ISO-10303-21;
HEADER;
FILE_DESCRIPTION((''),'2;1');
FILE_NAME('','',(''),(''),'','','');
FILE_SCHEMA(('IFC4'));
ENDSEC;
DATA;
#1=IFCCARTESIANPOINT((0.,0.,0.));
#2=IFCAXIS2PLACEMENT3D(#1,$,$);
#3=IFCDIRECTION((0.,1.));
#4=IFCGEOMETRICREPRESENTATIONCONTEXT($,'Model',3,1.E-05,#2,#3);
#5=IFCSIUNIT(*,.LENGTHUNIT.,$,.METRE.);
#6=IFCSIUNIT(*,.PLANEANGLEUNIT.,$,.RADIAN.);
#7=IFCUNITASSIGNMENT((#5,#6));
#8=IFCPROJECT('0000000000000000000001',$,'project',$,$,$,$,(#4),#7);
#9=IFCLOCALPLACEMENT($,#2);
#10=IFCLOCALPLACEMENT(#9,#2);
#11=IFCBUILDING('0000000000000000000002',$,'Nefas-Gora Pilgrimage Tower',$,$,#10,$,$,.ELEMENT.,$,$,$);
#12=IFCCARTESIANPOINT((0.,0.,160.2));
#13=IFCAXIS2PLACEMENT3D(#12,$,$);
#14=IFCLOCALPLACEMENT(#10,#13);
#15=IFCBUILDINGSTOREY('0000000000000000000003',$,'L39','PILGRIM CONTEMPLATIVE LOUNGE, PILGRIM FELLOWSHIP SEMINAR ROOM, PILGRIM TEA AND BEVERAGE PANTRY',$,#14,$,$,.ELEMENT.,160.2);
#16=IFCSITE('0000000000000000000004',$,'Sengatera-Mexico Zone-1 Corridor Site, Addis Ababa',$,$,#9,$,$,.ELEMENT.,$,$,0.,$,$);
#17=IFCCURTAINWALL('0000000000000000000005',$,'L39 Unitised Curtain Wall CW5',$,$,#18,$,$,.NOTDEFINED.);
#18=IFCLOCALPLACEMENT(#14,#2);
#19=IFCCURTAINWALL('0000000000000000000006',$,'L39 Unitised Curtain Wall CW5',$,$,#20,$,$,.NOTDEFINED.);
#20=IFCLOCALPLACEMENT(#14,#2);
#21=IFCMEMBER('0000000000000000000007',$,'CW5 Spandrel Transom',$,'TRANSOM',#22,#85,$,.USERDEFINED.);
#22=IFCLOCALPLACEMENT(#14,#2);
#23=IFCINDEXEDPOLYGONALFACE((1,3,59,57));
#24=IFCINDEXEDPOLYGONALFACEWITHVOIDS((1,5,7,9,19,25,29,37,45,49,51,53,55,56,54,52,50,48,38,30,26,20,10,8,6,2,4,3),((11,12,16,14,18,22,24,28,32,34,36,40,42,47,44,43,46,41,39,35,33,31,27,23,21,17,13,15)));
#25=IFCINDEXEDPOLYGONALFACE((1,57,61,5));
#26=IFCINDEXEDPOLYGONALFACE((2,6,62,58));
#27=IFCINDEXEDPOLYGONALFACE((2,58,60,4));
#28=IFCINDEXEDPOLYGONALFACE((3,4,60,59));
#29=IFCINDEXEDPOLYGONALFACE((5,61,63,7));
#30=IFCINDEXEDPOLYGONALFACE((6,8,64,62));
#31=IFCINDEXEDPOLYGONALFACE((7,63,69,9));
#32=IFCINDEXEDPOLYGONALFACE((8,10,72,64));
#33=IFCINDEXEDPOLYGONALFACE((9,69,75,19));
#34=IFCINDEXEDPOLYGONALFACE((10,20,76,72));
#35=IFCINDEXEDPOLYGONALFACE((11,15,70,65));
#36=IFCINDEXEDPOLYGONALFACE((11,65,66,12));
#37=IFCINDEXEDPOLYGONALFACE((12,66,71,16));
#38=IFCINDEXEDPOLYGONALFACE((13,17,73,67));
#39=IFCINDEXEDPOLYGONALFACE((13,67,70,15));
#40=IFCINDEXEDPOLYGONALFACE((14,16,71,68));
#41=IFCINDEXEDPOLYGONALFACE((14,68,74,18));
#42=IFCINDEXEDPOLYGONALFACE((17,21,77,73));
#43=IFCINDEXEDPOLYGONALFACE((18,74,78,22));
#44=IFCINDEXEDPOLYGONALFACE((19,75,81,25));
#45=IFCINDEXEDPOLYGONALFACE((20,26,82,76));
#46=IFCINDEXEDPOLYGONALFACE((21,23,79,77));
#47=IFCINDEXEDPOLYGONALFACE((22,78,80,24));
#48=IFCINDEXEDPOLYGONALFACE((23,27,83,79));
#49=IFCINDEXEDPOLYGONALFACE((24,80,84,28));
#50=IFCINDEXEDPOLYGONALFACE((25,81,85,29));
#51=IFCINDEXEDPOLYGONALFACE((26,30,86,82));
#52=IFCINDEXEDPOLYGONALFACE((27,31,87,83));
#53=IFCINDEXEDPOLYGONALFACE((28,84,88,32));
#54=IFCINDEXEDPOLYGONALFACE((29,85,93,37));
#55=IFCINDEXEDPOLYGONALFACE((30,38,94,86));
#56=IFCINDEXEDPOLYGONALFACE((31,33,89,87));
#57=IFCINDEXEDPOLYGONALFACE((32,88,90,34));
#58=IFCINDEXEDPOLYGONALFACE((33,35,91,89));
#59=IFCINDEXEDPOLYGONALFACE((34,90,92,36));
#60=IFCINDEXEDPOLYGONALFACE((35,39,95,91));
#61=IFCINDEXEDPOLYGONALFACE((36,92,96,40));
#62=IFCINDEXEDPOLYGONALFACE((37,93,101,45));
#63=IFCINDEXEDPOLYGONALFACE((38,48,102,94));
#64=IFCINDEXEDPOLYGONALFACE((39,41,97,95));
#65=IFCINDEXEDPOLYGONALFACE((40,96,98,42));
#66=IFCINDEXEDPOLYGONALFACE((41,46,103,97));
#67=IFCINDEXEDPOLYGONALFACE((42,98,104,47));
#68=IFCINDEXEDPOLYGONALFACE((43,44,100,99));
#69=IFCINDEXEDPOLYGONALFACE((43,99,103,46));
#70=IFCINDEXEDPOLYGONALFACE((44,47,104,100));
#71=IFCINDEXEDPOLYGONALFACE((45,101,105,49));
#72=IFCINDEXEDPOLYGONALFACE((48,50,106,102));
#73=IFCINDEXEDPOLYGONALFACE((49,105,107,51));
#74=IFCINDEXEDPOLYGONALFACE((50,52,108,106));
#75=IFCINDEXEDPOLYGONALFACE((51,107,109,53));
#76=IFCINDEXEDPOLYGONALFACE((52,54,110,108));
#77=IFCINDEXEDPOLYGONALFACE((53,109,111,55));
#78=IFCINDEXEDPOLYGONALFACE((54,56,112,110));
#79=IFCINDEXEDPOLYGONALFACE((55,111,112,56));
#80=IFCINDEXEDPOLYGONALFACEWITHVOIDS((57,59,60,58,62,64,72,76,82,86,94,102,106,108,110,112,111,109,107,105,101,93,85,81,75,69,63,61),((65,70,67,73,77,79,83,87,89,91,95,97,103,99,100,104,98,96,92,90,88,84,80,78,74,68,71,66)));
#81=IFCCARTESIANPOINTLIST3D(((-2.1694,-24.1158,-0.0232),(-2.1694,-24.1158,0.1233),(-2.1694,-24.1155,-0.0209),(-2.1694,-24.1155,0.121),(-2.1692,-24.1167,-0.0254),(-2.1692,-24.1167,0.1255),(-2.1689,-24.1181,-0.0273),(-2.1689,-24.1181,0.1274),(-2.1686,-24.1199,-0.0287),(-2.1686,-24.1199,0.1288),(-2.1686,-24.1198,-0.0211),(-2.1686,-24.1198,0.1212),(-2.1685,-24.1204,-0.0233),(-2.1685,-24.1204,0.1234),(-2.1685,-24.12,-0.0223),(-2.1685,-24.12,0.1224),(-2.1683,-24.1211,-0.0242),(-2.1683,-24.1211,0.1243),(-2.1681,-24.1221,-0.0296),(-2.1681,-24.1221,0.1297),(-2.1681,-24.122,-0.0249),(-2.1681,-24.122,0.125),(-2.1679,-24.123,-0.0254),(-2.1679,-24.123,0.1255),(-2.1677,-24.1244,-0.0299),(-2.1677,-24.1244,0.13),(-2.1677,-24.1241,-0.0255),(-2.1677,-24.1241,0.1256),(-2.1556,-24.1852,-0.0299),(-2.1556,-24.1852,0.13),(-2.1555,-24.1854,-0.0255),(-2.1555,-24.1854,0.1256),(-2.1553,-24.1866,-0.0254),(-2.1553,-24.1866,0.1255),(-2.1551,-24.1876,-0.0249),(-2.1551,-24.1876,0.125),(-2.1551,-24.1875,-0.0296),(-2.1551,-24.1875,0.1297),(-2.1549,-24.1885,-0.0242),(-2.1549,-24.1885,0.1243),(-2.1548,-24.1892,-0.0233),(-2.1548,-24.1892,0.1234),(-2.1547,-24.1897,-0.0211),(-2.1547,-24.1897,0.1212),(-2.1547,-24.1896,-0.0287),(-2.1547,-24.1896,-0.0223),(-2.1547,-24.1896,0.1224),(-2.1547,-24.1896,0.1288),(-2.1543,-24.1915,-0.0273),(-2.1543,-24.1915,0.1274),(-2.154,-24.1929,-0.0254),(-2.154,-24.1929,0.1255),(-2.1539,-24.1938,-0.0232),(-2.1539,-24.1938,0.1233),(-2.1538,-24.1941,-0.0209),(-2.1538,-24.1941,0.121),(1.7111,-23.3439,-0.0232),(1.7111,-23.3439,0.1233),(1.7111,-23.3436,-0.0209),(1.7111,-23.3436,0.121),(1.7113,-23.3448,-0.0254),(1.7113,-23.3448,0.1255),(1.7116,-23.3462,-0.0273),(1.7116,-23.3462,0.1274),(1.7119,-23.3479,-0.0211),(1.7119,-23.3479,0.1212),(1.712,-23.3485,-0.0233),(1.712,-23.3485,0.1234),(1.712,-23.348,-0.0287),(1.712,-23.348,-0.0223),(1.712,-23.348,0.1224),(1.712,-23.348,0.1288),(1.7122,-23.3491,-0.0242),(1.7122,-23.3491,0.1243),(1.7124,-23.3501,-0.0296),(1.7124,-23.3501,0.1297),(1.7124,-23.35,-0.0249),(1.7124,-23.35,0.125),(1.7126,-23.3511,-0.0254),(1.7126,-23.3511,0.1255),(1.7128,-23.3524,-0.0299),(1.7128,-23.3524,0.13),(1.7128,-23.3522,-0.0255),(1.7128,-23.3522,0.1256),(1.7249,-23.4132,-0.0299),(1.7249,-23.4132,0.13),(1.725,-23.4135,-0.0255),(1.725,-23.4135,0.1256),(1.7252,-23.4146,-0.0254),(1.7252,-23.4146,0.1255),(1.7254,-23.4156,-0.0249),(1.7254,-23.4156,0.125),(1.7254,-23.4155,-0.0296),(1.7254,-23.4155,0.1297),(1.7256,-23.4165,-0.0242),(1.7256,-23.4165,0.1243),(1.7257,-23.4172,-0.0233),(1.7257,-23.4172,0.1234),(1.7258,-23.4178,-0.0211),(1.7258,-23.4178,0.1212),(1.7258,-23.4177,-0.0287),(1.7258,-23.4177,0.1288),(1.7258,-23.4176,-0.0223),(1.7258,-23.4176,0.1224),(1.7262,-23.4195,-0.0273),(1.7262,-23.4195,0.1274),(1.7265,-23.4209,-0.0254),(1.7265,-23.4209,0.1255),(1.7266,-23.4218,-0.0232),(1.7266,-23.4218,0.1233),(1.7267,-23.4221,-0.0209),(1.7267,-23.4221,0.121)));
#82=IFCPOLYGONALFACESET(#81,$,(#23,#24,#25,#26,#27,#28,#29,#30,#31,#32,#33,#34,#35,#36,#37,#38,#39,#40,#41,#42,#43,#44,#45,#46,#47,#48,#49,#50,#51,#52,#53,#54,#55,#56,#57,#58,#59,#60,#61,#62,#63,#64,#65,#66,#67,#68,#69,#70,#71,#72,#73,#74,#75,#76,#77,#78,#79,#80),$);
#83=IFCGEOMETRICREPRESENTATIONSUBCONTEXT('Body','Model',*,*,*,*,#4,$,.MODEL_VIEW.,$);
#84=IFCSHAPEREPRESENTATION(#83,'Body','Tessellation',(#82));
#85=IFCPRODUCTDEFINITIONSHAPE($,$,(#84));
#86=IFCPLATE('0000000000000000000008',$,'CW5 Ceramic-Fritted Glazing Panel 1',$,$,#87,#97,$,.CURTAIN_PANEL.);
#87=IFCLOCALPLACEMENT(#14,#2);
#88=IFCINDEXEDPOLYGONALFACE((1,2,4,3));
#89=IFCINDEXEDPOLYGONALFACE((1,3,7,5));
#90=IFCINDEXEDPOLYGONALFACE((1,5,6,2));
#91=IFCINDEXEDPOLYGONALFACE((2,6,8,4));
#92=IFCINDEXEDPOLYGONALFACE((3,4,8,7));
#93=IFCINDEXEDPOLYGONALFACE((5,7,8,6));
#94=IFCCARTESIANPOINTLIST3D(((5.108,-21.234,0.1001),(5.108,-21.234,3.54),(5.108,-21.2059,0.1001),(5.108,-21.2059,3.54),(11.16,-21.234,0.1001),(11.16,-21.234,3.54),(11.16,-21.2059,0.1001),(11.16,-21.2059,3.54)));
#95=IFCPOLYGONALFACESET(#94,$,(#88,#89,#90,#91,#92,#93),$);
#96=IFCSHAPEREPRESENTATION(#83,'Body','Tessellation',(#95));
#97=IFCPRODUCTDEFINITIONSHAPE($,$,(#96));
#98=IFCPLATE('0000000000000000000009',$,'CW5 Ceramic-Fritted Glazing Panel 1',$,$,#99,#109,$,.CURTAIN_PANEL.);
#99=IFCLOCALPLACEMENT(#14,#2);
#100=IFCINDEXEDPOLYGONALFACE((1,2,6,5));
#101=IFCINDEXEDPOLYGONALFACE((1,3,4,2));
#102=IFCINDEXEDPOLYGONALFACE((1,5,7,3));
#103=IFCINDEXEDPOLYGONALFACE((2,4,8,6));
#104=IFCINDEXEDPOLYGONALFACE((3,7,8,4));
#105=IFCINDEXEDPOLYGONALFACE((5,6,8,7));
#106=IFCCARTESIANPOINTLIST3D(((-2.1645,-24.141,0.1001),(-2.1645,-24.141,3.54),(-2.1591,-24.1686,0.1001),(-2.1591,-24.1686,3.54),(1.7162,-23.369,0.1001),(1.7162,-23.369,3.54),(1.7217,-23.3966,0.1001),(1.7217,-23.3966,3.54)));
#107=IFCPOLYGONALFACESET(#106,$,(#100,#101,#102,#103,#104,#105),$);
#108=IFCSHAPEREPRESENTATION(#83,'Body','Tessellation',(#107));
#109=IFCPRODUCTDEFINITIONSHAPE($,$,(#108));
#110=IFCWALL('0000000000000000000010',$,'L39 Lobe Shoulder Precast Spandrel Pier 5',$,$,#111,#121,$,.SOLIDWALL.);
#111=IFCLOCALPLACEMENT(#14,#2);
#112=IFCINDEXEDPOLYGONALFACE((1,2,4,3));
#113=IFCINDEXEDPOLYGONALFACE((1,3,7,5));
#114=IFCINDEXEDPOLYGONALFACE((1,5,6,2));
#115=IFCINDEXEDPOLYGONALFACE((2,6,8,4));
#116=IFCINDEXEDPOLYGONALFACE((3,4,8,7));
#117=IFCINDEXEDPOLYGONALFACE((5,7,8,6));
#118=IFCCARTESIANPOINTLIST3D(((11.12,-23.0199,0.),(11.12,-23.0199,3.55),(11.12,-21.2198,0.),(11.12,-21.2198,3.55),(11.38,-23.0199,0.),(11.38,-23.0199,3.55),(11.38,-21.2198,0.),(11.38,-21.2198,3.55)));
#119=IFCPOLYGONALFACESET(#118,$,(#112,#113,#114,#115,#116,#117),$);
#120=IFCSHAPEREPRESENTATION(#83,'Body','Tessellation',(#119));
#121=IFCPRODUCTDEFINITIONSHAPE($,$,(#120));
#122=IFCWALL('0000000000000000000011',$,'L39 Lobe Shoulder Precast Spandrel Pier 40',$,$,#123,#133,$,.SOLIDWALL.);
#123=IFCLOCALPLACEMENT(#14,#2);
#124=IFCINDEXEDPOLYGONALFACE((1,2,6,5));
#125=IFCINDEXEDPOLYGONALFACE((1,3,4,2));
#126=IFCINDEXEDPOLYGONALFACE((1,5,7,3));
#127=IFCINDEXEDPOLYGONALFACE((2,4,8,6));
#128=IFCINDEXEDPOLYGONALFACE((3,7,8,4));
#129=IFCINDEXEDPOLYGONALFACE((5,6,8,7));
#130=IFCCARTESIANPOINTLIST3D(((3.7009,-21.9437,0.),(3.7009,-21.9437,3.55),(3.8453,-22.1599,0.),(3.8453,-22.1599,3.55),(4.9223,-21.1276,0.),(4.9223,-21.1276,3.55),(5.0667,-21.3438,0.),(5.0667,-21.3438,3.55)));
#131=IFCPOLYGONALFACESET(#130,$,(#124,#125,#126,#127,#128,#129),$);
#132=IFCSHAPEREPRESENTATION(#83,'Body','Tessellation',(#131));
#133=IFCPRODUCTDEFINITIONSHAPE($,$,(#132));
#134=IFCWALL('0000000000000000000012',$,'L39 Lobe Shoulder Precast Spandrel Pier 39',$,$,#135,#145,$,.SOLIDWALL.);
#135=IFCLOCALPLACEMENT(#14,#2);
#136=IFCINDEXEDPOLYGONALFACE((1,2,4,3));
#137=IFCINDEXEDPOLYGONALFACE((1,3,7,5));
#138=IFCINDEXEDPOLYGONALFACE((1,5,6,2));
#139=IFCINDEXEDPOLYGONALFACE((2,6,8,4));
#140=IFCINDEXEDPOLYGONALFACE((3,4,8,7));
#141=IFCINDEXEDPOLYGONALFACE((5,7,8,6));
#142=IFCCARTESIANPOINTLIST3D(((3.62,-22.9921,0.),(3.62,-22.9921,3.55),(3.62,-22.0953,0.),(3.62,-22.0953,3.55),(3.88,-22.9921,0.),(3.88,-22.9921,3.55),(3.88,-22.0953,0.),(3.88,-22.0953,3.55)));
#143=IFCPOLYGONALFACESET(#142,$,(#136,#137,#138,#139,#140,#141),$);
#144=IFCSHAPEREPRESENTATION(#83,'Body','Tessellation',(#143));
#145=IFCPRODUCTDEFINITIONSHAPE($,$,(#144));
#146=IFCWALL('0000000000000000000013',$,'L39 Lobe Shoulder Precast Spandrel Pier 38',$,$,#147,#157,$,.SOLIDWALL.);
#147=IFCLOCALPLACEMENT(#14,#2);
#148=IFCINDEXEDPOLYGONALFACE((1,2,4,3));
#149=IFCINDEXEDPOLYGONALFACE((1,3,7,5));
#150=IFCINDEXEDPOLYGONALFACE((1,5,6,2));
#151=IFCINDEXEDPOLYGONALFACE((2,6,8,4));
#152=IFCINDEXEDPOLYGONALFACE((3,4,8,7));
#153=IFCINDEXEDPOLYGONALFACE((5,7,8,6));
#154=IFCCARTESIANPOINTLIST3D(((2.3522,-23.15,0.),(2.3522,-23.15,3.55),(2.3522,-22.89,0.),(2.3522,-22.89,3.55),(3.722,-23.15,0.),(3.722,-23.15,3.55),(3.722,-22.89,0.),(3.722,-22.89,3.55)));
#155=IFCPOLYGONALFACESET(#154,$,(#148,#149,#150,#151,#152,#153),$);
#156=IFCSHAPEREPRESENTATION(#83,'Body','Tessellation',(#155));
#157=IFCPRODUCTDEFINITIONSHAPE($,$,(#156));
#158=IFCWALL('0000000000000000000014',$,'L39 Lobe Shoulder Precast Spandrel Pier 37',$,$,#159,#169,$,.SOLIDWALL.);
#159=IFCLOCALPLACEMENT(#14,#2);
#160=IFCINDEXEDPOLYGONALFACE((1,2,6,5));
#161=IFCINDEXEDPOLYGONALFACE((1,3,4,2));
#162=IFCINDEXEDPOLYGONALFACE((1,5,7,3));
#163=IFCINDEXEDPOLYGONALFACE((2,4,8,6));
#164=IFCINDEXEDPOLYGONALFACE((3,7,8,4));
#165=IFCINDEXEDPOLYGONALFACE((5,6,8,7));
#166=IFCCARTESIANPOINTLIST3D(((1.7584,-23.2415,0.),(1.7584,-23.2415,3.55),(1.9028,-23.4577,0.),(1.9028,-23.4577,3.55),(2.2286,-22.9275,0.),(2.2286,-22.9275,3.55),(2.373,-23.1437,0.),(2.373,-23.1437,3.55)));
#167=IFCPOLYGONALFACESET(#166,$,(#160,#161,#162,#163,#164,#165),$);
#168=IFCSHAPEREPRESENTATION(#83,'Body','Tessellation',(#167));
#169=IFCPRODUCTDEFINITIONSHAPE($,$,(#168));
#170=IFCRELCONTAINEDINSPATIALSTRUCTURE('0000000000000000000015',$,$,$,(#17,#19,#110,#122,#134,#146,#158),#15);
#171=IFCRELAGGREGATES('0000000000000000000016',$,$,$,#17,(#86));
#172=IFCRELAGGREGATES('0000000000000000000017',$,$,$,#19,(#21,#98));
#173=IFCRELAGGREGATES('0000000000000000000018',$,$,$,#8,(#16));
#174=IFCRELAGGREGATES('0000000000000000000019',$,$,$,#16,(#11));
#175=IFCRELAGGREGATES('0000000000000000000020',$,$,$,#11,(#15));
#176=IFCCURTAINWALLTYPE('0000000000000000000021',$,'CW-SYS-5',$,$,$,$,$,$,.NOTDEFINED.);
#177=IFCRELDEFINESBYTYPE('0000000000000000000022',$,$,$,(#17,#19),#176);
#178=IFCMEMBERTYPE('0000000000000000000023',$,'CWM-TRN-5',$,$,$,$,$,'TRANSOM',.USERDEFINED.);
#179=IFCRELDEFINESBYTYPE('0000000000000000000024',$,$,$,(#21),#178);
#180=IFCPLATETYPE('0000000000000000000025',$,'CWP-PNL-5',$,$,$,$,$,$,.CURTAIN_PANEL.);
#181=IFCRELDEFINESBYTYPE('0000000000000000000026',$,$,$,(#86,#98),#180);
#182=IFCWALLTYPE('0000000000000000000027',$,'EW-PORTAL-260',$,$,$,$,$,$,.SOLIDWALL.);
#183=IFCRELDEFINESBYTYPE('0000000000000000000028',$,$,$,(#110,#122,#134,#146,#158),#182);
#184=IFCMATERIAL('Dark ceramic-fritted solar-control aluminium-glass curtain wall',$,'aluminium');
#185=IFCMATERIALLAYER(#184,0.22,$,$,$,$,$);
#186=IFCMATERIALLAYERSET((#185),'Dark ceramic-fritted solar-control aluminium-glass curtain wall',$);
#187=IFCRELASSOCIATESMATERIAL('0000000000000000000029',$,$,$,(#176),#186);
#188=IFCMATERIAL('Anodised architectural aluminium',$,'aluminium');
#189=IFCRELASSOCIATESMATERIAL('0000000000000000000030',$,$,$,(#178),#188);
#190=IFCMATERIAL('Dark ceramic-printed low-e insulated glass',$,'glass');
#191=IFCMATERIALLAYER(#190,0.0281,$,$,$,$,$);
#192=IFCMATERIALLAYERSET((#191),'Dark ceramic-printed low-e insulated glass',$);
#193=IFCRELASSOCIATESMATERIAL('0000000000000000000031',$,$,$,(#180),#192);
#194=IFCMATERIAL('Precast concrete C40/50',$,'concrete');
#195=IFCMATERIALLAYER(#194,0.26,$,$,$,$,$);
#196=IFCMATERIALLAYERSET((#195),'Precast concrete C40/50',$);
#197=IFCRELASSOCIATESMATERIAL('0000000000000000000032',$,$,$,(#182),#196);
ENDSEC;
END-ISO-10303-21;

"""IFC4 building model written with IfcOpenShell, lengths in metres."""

from ifc_helpers import new_model, si_unit, direction, frame, frame_2d, origin, origin_2d, place, context, subcontext, project, spatial, rectangle, hollow_rectangle, extrude, source, transform, mapped, material, layer, layer_set, material_profile, profile_set, type_object, element, aggregate, save


model = new_model("IFC4")

# Units and contexts
model_context = context("Model", 3, precision=1e-05, world=origin(), true_north=direction((0.0, 1.0)))
body_context = subcontext(model_context, "Body", "Model", "MODEL_VIEW")
ifc_project = project(units=[si_unit("LENGTHUNIT", "METRE"), si_unit("PLANEANGLEUNIT", "RADIAN")], contexts=[model_context])

# Site, building, storey
site_placement = place(None, origin())
site = spatial("IfcSite", under=ifc_project, at=site_placement, Name="Sengatera-Mexico Zone-1 Corridor Site, Addis Ababa", CompositionType="ELEMENT", RefElevation=0.0)
building_placement = place(site_placement, origin())
building = spatial("IfcBuilding", under=site, at=building_placement, Name="Nefas-Gora Pilgrimage Tower", CompositionType="ELEMENT")
storey_placement = place(building_placement, frame((0.0, 0.0, 160.2)))
storey = spatial("IfcBuildingStorey", under=building, at=storey_placement, Name="L39", Description="PILGRIM CONTEMPLATIVE LOUNGE, PILGRIM FELLOWSHIP SEMINAR ROOM, PILGRIM TEA AND BEVERAGE PANTRY", CompositionType="ELEMENT", Elevation=160.2)

# Curtain wall
ifc_material_1 = material(Name="Dark ceramic-fritted solar-control aluminium-glass curtain wall", Category="aluminium")
ifc_layer_1 = layer(ifc_material_1, 0.22)
ifc_layer_set_1 = layer_set([ifc_layer_1], Name="Dark ceramic-fritted solar-control aluminium-glass curtain wall")
curtain_wall_type = type_object("IfcCurtainWallType", Name="CW-SYS-5", PredefinedType="NOTDEFINED", material=ifc_layer_set_1)
curtain_wall_1_placement = place(storey_placement, origin())
curtain_wall_1 = element("IfcCurtainWall", 1, at=curtain_wall_1_placement, inside=storey, type_object=curtain_wall_type, Name="L39 Unitised Curtain Wall CW5", PredefinedType="NOTDEFINED")
ifc_material_2 = material(Name="Anodised architectural aluminium", Category="aluminium")

# Curtain wall
curtain_wall_2_placement = place(storey_placement, origin())
curtain_wall_2 = element("IfcCurtainWall", 2, at=curtain_wall_2_placement, inside=storey, type_object=curtain_wall_type, Name="L39 Unitised Curtain Wall CW5", PredefinedType="NOTDEFINED")

# Member
ifc_material_profile_1 = material_profile(ifc_material_2, hollow_rectangle(XDim=0.0801, YDim=0.1599, WallThickness=0.0044, InnerFilletRadius=0.0044, OuterFilletRadius=0.009, at=origin_2d()), Name="ALU TRANSOM 80x160")
ifc_profile_set_1 = profile_set([ifc_material_profile_1], Name="Anodised architectural aluminium")
member_type_1 = type_object("IfcMemberType", Name="CWM-TRN-5", ElementType="TRANSOM", PredefinedType="USERDEFINED", material=ifc_profile_set_1)
shared_shape_1 = source(origin(), body_context, "Body", "SweptSolid", [
    extrude(hollow_rectangle(XDim=0.0801, YDim=0.1599, WallThickness=0.0044, InnerFilletRadius=0.0044, OuterFilletRadius=0.009, at=origin_2d()), origin(), (0.0, 0.0, 1.0), 3.9565),
])
member_1_placement = place(storey_placement, frame((-2.1616, -24.1548, 0.05), z_axis=(0.980782, 0.195107, 0.0), x_axis=(-0.195107, 0.980782, 0.0)))
member_1 = element("IfcMember", 3, at=member_1_placement, type_object=member_type_1, Name="CW5 Spandrel Transom", ObjectType="TRANSOM", PredefinedType="USERDEFINED", context=body_context, shape_type="MappedRepresentation", body=[
    mapped(shared_shape_1, transform((0.0, 0.0, 0.0), x_axis=(1.0, 0.0, 0.0), y_axis=(0.0, 1.0, 0.0), z_axis=(0.0, 0.0, 1.0), scale=1.0)),
])

# Plates
ifc_material_3 = material(Name="Dark ceramic-printed low-e insulated glass", Category="glass")
ifc_layer_2 = layer(ifc_material_3, 0.0281)
ifc_layer_set_2 = layer_set([ifc_layer_2], Name="Dark ceramic-printed low-e insulated glass")
plate_type = type_object("IfcPlateType", Name="CWP-PNL-5", PredefinedType="CURTAIN_PANEL", material=ifc_layer_set_2)
shared_shape_2 = source(origin(), body_context, "Body", "SweptSolid", [
    extrude(rectangle(XDim=6.052, YDim=0.0281, at=origin_2d()), origin(), (0.0, 0.0, 1.0), 3.4399),
])
plate_1_placement = place(storey_placement, frame((8.134, -21.22, 0.1001), z_axis=(0.0, 0.0, 1.0), x_axis=(1.0, 0.0, 0.0)))
plate_1 = element("IfcPlate", 4, at=plate_1_placement, type_object=plate_type, Name="CW5 Ceramic-Fritted Glazing Panel 1", PredefinedType="CURTAIN_PANEL", context=body_context, shape_type="MappedRepresentation", body=[
    mapped(shared_shape_2, transform((0.0, 0.0, 0.0), x_axis=(1.0, 0.0, 0.0), y_axis=(0.0, 1.0, 0.0), z_axis=(0.0, 0.0, 1.0), scale=1.0)),
])
aggregate(curtain_wall_1, [plate_1])
shared_shape_3 = source(origin(), body_context, "Body", "SweptSolid", [
    extrude(rectangle(XDim=3.9568, YDim=0.0281, at=origin_2d()), origin(), (0.0, 0.0, 1.0), 3.4399),
])
plate_2_placement = place(storey_placement, frame((-0.2214, -23.7688, 0.1001), z_axis=(0.0, 0.0, 1.0), x_axis=(0.980783, 0.195102, 0.0)))
plate_2 = element("IfcPlate", 5, at=plate_2_placement, type_object=plate_type, Name="CW5 Ceramic-Fritted Glazing Panel 1", PredefinedType="CURTAIN_PANEL", context=body_context, shape_type="MappedRepresentation", body=[
    mapped(shared_shape_3, transform((0.0, 0.0, 0.0), x_axis=(1.0, 0.0, 0.0), y_axis=(0.0, 1.0, 0.0), z_axis=(0.0, 0.0, 1.0), scale=1.0)),
])
aggregate(curtain_wall_2, [member_1, plate_2])

# Walls
ifc_material_4 = material(Name="Precast concrete C40/50", Category="concrete")
ifc_layer_3 = layer(ifc_material_4, 0.26)
ifc_layer_set_3 = layer_set([ifc_layer_3], Name="Precast concrete C40/50")
wall_type_1 = type_object("IfcWallType", Name="EW-PORTAL-260", PredefinedType="SOLIDWALL", material=ifc_layer_set_3)
shared_shape_4 = source(origin(), body_context, "Body", "SweptSolid", [
    extrude(rectangle(XDim=1.8, YDim=0.26, at=frame_2d((0.8999, 0.0))), origin(), (0.0, 0.0, 1.0), 3.55),
])
wall_1_placement = place(storey_placement, frame((11.25, -21.22, 0.0), z_axis=(0.0, 0.0, 1.0), x_axis=(0.0, -1.0, 0.0)))
element("IfcWall", 6, at=wall_1_placement, inside=storey, type_object=wall_type_1, Name="L39 Lobe Shoulder Precast Spandrel Pier 5", PredefinedType="SOLIDWALL", context=body_context, shape_type="MappedRepresentation", body=[
    mapped(shared_shape_4, transform((0.0, 0.0, 0.0), x_axis=(1.0, 0.0, 0.0), y_axis=(0.0, 1.0, 0.0), z_axis=(0.0, 0.0, 1.0), scale=1.0)),
])
shared_shape_5 = source(origin(), body_context, "Body", "SweptSolid", [
    extrude(rectangle(XDim=1.469, YDim=0.26, at=frame_2d((0.7344, 0.0))), origin(), (0.0, 0.0, 1.0), 3.55),
])
wall_2_placement = place(storey_placement, frame((3.7732, -22.0518, 0.0), z_axis=(0.0, 0.0, 1.0), x_axis=(0.831462, 0.555582, 0.0)))
element("IfcWall", 7, at=wall_2_placement, inside=storey, type_object=wall_type_1, Name="L39 Lobe Shoulder Precast Spandrel Pier 40", PredefinedType="SOLIDWALL", context=body_context, shape_type="MappedRepresentation", body=[
    mapped(shared_shape_5, transform((0.0, 0.0, 0.0), x_axis=(1.0, 0.0, 0.0), y_axis=(0.0, 1.0, 0.0), z_axis=(0.0, 0.0, 1.0), scale=1.0)),
])
shared_shape_6 = source(origin(), body_context, "Body", "SweptSolid", [
    extrude(rectangle(XDim=0.8967, YDim=0.26, at=frame_2d((0.4482, 0.0))), origin(), (0.0, 0.0, 1.0), 3.55),
])
wall_3_placement = place(storey_placement, frame((3.75, -22.9919, 0.0), z_axis=(0.0, 0.0, 1.0), x_axis=(0.0, 1.0, 0.0)))
element("IfcWall", 8, at=wall_3_placement, inside=storey, type_object=wall_type_1, Name="L39 Lobe Shoulder Precast Spandrel Pier 39", PredefinedType="SOLIDWALL", context=body_context, shape_type="MappedRepresentation", body=[
    mapped(shared_shape_6, transform((0.0, 0.0, 0.0), x_axis=(1.0, 0.0, 0.0), y_axis=(0.0, 1.0, 0.0), z_axis=(0.0, 0.0, 1.0), scale=1.0)),
])
shared_shape_7 = source(origin(), body_context, "Body", "SweptSolid", [
    extrude(rectangle(XDim=1.3699, YDim=0.26, at=frame_2d((0.6851, 0.0))), origin(), (0.0, 0.0, 1.0), 3.55),
])
wall_4_placement = place(storey_placement, frame((2.3521, -23.02, 0.0), z_axis=(0.0, 0.0, 1.0), x_axis=(1.0, 0.0, 0.0)))
element("IfcWall", 9, at=wall_4_placement, inside=storey, type_object=wall_type_1, Name="L39 Lobe Shoulder Precast Spandrel Pier 38", PredefinedType="SOLIDWALL", context=body_context, shape_type="MappedRepresentation", body=[
    mapped(shared_shape_7, transform((0.0, 0.0, 0.0), x_axis=(1.0, 0.0, 0.0), y_axis=(0.0, 1.0, 0.0), z_axis=(0.0, 0.0, 1.0), scale=1.0)),
])
shared_shape_8 = source(origin(), body_context, "Body", "SweptSolid", [
    extrude(rectangle(XDim=0.5654, YDim=0.26, at=frame_2d((0.2827, 0.0))), origin(), (0.0, 0.0, 1.0), 3.55),
])
wall_5_placement = place(storey_placement, frame((1.8306, -23.3496, 0.0), z_axis=(0.0, 0.0, 1.0), x_axis=(0.831651, 0.555298, 0.0)))
element("IfcWall", 10, at=wall_5_placement, inside=storey, type_object=wall_type_1, Name="L39 Lobe Shoulder Precast Spandrel Pier 37", PredefinedType="SOLIDWALL", context=body_context, shape_type="MappedRepresentation", body=[
    mapped(shared_shape_8, transform((0.0, 0.0, 0.0), x_axis=(1.0, 0.0, 0.0), y_axis=(0.0, 1.0, 0.0), z_axis=(0.0, 0.0, 1.0), scale=1.0)),
])

save(model, "model.ifc")
